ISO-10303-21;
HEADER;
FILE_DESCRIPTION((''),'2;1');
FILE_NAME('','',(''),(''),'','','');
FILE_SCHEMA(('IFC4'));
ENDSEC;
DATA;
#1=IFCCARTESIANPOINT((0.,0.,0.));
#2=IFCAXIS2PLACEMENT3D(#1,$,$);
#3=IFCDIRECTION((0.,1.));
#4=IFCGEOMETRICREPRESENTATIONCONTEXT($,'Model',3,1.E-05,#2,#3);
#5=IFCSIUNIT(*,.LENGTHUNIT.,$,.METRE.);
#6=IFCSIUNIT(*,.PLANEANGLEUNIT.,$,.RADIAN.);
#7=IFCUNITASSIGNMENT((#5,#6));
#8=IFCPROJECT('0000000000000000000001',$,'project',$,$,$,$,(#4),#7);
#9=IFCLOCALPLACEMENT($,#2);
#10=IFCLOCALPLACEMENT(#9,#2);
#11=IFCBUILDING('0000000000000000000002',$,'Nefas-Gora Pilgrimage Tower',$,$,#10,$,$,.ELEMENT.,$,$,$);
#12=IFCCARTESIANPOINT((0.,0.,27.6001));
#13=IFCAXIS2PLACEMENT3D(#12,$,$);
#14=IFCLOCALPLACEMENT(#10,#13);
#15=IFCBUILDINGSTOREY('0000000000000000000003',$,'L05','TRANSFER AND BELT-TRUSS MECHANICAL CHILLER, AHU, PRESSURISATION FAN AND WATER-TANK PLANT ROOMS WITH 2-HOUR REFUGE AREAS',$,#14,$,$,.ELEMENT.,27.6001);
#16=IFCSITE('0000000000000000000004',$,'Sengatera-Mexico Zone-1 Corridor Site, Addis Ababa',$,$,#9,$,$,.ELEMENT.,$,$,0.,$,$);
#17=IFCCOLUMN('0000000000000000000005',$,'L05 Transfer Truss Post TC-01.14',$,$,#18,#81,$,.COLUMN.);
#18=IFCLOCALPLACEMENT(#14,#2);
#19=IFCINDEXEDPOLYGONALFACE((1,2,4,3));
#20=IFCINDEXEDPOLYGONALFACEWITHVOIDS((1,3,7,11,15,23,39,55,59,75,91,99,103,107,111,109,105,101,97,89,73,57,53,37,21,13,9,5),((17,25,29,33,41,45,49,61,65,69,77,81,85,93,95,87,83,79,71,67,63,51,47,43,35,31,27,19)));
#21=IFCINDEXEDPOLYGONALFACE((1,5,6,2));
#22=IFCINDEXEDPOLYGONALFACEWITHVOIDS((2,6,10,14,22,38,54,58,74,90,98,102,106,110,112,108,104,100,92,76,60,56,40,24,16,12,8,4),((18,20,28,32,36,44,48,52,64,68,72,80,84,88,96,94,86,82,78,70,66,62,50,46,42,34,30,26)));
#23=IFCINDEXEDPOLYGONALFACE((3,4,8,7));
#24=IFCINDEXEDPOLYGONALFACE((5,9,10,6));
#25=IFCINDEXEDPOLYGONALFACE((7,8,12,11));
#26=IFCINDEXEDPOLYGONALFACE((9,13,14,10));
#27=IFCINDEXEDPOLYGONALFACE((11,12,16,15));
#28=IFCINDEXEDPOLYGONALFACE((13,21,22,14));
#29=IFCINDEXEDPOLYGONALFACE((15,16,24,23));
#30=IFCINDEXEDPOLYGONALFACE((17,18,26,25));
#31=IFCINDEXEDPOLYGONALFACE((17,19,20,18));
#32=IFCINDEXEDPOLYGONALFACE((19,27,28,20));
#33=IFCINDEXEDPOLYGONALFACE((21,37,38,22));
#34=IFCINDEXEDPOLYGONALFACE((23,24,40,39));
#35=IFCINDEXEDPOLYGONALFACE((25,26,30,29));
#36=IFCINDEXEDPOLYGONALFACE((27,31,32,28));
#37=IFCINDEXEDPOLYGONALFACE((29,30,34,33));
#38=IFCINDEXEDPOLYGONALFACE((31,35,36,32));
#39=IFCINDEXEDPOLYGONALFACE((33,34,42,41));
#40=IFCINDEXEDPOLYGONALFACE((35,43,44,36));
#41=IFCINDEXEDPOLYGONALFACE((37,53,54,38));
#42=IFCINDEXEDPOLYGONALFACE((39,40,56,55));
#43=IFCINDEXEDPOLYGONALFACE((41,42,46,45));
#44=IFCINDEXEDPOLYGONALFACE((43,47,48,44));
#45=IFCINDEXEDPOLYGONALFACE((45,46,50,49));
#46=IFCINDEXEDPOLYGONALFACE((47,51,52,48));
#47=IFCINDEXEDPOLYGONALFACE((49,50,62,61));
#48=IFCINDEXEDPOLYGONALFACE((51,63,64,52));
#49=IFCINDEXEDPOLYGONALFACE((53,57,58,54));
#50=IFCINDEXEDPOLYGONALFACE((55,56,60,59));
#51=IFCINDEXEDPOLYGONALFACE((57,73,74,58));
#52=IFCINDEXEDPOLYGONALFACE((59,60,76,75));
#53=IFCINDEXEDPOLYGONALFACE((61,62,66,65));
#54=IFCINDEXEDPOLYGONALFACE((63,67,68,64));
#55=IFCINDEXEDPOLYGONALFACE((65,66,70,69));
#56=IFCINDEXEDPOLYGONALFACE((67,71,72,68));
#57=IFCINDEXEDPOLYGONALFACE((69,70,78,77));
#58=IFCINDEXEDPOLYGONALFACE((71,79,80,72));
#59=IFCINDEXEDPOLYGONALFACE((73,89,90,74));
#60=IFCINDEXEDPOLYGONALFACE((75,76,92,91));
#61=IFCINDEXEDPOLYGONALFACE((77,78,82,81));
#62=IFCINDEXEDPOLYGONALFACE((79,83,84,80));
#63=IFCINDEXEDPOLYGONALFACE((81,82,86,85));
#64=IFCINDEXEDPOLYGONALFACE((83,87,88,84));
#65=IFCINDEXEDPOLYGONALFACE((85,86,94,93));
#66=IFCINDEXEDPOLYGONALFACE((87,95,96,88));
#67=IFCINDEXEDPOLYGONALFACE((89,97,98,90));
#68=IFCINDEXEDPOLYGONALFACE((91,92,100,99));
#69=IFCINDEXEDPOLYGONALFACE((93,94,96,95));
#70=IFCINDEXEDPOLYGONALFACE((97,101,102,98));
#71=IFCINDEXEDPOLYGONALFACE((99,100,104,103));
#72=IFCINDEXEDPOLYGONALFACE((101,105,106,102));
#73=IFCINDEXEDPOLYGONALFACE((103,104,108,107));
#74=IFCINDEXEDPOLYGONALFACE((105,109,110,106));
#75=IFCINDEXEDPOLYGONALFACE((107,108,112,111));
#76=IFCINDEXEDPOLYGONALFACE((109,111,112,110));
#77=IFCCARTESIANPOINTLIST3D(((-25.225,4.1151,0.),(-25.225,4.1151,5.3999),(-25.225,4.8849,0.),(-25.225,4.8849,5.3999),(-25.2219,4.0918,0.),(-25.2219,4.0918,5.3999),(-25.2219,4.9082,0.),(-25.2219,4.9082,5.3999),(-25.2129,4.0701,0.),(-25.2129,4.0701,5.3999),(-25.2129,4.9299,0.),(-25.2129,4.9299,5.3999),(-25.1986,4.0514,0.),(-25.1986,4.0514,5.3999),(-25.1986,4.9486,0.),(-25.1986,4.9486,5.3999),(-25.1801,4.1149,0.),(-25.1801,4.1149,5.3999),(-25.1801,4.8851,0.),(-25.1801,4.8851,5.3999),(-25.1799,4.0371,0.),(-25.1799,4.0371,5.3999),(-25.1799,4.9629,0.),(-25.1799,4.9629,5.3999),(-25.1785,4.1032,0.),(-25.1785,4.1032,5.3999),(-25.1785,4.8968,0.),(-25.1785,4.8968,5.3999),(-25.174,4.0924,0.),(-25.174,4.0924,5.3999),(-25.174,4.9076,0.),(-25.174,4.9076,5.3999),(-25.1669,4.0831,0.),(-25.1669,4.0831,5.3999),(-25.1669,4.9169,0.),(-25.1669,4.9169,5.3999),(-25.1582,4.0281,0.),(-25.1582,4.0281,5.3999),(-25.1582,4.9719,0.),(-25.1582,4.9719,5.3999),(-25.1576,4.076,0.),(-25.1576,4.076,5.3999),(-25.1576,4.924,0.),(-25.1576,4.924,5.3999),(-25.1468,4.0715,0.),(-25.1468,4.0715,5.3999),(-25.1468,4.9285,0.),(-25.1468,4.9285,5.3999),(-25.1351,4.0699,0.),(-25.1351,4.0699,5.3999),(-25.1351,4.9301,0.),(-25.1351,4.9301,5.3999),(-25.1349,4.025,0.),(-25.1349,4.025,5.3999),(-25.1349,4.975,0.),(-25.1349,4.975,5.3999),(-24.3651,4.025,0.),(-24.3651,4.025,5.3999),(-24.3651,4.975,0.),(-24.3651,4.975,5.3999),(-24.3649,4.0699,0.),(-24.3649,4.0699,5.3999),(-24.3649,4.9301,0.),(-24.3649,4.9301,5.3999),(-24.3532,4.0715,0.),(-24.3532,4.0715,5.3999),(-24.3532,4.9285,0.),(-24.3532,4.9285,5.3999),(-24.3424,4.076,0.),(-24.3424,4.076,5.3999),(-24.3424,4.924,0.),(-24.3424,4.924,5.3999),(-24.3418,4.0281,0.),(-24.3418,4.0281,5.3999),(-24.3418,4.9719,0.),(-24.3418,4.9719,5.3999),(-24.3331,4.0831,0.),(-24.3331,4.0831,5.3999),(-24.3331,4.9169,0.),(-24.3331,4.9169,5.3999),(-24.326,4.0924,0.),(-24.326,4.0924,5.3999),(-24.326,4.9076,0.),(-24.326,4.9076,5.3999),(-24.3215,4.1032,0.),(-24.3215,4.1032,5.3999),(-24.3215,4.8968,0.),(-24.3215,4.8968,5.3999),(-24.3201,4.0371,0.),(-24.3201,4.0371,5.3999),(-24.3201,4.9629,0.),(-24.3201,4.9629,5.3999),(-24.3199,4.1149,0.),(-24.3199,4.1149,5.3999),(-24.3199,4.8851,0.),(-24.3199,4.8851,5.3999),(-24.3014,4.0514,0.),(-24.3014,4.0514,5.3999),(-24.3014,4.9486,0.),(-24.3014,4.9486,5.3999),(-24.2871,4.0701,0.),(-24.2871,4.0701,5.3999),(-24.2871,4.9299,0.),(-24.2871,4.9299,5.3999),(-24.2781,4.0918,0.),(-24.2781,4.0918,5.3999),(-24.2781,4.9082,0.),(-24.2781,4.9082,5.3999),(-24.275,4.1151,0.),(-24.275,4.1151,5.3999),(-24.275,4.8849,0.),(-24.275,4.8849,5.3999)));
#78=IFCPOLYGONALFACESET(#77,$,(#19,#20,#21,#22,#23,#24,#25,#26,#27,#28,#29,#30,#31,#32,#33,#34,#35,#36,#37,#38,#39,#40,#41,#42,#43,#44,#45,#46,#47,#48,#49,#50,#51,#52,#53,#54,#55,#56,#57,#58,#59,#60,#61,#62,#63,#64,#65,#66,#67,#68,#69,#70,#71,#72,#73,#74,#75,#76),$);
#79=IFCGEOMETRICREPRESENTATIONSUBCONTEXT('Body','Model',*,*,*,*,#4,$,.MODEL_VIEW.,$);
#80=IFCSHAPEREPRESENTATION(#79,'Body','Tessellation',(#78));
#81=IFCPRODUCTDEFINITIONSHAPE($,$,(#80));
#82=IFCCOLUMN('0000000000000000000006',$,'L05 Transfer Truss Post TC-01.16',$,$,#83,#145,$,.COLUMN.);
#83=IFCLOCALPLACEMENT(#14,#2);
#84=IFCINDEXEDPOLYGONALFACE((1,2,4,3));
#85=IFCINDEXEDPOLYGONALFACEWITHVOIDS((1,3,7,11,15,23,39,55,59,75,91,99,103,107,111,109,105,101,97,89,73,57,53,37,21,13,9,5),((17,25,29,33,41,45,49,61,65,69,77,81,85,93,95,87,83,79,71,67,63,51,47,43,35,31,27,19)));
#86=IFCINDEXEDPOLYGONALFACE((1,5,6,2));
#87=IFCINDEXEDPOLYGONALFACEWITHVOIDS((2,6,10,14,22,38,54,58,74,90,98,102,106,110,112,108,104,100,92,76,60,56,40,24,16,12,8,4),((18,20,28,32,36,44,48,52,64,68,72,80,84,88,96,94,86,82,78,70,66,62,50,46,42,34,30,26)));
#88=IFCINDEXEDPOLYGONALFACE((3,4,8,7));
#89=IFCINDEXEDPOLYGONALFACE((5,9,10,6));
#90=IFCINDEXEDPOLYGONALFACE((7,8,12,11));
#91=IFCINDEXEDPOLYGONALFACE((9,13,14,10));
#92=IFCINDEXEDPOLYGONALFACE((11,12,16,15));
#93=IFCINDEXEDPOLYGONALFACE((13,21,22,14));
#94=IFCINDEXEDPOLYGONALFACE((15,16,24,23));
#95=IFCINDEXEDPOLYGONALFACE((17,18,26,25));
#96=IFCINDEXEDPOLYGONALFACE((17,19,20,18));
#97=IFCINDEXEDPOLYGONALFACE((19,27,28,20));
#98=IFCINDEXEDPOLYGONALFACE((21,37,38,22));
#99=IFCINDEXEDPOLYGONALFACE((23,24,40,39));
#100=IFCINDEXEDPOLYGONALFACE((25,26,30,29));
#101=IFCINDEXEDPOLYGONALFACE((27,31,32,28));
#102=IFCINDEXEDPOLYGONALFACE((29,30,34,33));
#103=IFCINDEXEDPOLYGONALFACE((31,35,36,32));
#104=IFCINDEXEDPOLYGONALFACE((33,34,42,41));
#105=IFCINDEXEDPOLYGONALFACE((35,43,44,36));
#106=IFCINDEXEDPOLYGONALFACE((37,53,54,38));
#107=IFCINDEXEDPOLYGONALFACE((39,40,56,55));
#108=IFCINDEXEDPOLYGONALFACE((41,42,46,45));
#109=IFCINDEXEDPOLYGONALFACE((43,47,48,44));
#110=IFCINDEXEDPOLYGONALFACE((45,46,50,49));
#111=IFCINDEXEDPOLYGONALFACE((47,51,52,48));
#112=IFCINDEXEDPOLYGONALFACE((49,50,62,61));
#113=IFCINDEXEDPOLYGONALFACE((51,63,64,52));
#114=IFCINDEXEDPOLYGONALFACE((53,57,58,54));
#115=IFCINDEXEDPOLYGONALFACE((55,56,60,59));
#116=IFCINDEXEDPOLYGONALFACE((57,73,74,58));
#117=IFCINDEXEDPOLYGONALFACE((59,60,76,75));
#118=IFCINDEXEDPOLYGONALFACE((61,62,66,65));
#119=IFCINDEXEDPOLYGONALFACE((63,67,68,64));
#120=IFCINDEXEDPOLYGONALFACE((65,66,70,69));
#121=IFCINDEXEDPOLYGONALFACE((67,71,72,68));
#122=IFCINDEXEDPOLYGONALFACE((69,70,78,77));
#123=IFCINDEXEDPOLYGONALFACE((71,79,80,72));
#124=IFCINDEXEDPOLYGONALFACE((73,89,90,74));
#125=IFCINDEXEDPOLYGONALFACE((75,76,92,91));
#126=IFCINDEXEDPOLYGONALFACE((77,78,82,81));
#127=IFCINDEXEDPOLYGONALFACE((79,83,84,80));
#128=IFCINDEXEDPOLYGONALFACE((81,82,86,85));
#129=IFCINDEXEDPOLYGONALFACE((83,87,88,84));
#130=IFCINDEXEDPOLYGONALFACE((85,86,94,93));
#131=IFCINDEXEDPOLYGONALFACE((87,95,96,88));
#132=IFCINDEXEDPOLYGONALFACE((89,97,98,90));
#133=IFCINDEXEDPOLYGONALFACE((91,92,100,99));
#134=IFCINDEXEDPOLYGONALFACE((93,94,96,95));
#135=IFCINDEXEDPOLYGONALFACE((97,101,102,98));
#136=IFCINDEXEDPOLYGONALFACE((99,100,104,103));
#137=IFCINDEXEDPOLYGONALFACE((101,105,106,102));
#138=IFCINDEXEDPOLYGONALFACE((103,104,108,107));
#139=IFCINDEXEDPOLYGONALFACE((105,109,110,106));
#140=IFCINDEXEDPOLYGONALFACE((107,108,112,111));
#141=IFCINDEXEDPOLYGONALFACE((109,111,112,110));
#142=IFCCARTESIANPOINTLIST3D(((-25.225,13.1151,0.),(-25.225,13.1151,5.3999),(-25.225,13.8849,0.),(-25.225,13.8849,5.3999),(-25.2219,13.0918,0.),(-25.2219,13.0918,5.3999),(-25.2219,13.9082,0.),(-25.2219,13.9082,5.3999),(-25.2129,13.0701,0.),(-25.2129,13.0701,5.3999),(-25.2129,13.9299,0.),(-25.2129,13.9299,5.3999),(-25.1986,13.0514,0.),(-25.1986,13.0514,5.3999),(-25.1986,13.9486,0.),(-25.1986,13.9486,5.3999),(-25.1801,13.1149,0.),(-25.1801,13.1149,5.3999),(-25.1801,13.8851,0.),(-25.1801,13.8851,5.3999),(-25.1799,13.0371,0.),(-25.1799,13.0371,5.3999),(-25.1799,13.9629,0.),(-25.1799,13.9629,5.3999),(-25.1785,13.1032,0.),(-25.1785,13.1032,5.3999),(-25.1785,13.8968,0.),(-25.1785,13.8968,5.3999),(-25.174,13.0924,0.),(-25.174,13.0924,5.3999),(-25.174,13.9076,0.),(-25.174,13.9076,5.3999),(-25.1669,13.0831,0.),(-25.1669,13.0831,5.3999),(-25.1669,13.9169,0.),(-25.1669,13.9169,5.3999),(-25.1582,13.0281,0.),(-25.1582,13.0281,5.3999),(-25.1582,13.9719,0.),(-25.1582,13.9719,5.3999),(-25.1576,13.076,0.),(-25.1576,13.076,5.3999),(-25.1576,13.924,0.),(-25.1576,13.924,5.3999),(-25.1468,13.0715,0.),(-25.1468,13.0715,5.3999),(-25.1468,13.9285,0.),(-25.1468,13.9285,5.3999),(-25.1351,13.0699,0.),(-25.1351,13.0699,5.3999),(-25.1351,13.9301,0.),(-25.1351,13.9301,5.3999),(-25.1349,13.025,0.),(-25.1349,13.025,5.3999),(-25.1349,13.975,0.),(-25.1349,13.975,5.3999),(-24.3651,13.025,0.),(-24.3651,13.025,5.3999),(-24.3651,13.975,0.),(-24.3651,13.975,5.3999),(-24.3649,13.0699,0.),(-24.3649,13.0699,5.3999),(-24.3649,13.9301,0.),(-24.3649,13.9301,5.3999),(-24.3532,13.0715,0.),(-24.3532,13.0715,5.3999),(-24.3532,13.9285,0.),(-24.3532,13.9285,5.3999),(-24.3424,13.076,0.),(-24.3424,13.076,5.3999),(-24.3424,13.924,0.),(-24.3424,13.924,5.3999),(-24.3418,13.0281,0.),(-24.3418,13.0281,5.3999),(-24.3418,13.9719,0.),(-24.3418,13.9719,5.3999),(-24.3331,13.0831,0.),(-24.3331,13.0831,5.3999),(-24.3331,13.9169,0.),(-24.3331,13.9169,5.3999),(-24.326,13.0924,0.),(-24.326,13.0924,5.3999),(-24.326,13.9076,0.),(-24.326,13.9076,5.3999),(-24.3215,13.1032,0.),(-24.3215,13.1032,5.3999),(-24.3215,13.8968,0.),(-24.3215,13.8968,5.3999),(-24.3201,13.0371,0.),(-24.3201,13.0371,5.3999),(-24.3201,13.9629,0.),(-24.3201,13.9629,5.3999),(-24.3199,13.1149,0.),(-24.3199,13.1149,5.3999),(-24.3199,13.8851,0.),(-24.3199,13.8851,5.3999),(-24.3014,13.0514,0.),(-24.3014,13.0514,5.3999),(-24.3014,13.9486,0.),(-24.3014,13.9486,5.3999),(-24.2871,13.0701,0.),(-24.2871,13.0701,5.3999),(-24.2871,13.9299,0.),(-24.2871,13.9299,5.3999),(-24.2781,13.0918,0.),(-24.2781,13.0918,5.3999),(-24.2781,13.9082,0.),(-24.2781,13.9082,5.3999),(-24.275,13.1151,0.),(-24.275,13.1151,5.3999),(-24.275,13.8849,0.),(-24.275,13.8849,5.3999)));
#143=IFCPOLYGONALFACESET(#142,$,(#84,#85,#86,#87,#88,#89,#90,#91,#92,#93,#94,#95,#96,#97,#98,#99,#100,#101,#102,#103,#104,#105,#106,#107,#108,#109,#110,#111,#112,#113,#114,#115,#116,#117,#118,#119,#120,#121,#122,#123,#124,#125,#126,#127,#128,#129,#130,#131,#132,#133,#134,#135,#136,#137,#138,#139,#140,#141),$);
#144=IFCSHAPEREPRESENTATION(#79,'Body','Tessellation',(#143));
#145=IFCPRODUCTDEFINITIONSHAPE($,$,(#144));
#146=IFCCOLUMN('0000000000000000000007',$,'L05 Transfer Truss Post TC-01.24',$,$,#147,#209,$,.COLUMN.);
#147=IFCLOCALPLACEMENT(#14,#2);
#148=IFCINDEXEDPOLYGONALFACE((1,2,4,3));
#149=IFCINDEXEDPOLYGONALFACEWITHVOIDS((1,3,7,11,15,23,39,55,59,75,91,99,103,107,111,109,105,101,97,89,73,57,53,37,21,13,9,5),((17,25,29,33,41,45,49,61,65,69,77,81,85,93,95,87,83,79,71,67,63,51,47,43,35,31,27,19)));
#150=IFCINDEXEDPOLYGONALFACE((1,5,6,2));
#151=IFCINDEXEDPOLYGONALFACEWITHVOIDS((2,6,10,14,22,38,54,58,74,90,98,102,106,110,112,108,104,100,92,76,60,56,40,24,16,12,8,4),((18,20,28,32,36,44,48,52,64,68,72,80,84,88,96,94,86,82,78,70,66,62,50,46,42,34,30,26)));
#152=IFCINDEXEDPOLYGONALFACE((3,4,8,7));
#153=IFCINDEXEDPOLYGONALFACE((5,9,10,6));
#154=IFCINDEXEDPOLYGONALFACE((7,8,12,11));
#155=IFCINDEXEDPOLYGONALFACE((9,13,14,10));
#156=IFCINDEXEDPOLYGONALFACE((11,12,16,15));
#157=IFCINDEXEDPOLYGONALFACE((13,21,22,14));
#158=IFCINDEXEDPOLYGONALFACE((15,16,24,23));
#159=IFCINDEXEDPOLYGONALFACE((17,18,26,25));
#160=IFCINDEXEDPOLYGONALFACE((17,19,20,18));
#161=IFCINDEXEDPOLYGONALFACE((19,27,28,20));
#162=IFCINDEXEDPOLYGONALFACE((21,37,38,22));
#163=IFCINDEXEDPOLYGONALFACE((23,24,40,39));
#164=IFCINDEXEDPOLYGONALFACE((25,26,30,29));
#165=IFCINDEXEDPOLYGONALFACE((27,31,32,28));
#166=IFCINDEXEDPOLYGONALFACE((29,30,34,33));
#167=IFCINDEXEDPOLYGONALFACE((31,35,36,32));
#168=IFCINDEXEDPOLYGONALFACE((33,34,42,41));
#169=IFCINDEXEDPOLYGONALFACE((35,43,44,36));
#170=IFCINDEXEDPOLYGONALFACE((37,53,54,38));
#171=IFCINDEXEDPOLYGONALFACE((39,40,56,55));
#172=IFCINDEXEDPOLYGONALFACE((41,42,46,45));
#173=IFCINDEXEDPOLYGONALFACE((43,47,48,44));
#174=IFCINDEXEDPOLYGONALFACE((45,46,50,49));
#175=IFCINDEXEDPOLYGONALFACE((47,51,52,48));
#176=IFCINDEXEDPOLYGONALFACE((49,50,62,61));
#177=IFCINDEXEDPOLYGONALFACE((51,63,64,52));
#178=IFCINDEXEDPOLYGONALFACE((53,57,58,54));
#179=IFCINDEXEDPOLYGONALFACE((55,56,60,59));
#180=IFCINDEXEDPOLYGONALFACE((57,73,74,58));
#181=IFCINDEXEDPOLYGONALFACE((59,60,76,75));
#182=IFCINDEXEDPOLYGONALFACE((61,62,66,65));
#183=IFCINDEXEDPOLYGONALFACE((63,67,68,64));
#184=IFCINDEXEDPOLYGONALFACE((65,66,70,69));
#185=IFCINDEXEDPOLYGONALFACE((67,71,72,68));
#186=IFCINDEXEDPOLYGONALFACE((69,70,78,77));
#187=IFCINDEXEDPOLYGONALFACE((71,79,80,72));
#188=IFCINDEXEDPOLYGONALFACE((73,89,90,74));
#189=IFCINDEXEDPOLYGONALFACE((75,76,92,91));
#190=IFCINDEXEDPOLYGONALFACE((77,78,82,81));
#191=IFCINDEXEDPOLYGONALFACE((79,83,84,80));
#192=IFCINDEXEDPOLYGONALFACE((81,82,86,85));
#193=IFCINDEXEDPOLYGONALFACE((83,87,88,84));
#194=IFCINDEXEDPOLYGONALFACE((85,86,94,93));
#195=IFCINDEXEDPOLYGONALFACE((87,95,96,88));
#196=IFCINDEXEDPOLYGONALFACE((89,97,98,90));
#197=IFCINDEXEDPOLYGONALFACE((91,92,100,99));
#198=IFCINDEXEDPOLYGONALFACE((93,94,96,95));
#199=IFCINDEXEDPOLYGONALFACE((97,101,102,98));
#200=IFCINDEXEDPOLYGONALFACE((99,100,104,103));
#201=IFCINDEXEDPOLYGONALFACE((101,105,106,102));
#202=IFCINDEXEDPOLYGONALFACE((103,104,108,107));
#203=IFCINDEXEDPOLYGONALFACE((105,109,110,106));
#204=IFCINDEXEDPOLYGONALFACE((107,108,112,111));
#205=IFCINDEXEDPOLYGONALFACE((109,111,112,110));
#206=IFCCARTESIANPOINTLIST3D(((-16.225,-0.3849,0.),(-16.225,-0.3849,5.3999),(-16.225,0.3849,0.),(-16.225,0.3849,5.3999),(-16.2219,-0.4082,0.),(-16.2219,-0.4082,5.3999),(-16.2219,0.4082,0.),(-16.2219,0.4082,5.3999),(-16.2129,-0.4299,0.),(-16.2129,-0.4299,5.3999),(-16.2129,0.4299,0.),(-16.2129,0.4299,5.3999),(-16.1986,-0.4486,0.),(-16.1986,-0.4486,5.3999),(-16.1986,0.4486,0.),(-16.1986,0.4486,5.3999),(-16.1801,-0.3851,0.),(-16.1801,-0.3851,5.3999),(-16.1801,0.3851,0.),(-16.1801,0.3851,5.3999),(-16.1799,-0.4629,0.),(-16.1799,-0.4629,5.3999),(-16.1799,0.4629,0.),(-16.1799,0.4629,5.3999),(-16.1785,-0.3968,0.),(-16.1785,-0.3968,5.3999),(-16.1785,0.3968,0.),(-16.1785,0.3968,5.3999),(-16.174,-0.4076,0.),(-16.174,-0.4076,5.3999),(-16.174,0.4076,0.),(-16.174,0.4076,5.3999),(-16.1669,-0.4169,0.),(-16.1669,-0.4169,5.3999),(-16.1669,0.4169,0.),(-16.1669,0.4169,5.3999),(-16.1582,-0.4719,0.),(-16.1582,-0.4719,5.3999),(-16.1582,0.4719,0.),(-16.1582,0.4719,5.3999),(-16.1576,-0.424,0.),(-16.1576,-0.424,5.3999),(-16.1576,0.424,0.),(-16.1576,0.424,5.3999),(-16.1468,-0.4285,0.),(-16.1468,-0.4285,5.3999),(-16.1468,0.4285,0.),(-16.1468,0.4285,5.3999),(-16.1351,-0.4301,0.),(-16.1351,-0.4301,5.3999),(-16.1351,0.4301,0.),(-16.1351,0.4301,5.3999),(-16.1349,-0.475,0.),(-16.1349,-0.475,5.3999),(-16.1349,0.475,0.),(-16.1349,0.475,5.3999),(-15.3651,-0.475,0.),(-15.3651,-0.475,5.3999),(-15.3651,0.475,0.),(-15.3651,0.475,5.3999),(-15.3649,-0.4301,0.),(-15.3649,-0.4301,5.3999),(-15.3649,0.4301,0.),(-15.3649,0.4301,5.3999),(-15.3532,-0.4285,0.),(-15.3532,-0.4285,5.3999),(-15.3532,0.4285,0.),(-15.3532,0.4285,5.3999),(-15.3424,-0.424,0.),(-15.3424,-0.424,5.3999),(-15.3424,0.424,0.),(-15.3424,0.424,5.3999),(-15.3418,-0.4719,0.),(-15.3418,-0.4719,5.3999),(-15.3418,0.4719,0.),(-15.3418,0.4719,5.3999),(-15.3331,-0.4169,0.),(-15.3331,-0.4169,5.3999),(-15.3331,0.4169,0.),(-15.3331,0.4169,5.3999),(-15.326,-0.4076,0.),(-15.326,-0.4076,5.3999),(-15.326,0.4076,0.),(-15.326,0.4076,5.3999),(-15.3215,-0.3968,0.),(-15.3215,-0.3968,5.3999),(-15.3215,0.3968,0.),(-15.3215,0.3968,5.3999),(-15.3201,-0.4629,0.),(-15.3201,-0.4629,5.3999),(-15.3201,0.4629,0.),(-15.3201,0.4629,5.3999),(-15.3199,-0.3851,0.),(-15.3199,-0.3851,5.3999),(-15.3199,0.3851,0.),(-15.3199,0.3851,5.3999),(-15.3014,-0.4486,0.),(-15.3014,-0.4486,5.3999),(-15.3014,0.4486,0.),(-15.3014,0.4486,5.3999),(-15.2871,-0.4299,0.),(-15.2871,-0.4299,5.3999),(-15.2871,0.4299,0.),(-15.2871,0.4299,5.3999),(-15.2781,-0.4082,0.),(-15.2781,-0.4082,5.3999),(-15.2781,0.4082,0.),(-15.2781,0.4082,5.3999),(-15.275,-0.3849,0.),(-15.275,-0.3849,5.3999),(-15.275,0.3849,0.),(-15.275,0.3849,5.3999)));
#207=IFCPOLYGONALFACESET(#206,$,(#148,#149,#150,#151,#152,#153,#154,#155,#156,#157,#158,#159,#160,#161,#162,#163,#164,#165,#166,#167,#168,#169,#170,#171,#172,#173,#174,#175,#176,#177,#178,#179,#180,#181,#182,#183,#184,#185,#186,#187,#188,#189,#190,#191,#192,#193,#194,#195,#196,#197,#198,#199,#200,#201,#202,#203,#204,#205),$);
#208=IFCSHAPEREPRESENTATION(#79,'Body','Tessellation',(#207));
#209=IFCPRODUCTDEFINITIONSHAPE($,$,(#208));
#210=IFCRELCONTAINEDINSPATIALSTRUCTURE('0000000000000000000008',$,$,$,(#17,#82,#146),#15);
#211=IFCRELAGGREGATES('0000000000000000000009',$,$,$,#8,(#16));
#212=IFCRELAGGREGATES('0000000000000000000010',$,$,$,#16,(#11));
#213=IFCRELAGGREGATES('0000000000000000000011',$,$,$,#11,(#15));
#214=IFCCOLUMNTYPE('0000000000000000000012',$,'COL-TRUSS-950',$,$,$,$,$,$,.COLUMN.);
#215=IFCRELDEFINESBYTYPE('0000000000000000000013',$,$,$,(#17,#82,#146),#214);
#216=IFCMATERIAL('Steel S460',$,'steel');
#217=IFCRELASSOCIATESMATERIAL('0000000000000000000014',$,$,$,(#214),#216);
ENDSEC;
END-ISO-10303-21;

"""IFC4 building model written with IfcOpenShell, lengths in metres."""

from ifc_helpers import new_model, si_unit, direction, frame, origin, origin_2d, place, context, subcontext, project, spatial, hollow_rectangle, extrude, source, transform, mapped, material, material_profile, profile_set, type_object, element, save


model = new_model("IFC4")

# Units and contexts
model_context = context("Model", 3, precision=1e-05, world=origin(), true_north=direction((0.0, 1.0)))
body_context = subcontext(model_context, "Body", "Model", "MODEL_VIEW")
ifc_project = project(units=[si_unit("LENGTHUNIT", "METRE"), si_unit("PLANEANGLEUNIT", "RADIAN")], contexts=[model_context])

# Site, building, storey
site_placement = place(None, origin())
site = spatial("IfcSite", under=ifc_project, at=site_placement, Name="Sengatera-Mexico Zone-1 Corridor Site, Addis Ababa", CompositionType="ELEMENT", RefElevation=0.0)
building_placement = place(site_placement, origin())
building = spatial("IfcBuilding", under=site, at=building_placement, Name="Nefas-Gora Pilgrimage Tower", CompositionType="ELEMENT")
storey_placement = place(building_placement, frame((0.0, 0.0, 27.6001)))
storey = spatial("IfcBuildingStorey", under=building, at=storey_placement, Name="L05", Description="TRANSFER AND BELT-TRUSS MECHANICAL CHILLER, AHU, PRESSURISATION FAN AND WATER-TANK PLANT ROOMS WITH 2-HOUR REFUGE AREAS", CompositionType="ELEMENT", Elevation=27.6001)

# Columns
ifc_material_1 = material(Name="Steel S460", Category="steel")
ifc_material_profile_1 = material_profile(ifc_material_1, hollow_rectangle(XDim=0.95, YDim=0.95, WallThickness=0.0449, InnerFilletRadius=0.0449, OuterFilletRadius=0.0901, at=origin_2d()), Name="BOX 950x950x45")
ifc_profile_set_1 = profile_set([ifc_material_profile_1], Name="Steel S460")
column_type_1 = type_object("IfcColumnType", Name="COL-TRUSS-950", PredefinedType="COLUMN", material=ifc_profile_set_1)
shared_shape_1 = source(origin(), body_context, "Body", "SweptSolid", [
    extrude(hollow_rectangle(XDim=0.95, YDim=0.95, WallThickness=0.0449, InnerFilletRadius=0.0449, OuterFilletRadius=0.0901, at=origin_2d()), origin(), (0.0, 0.0, 1.0), 5.3999),
])
for number, where, z_axis, x_axis, name in (
    (1, (-24.75, 4.5, 0.0), (0.0, 0.0, 1.0), (1.0, 0.0, 0.0), "L05 Transfer Truss Post TC-01.14"),
    (2, (-24.75, 13.5, 0.0), (0.0, 0.0, 1.0), (1.0, 0.0, 0.0), "L05 Transfer Truss Post TC-01.16"),
    (3, (-15.75, 0.0, 0.0), (0.0, 0.0, 1.0), (1.0, 0.0, 0.0), "L05 Transfer Truss Post TC-01.24"),
):
    element("IfcColumn", number, at=place(storey_placement, frame(where, z_axis=z_axis, x_axis=x_axis)), inside=storey, type_object=column_type_1, Name=name, PredefinedType="COLUMN", context=body_context, shape_type="MappedRepresentation", body=[
        mapped(shared_shape_1, transform((0.0, 0.0, 0.0), x_axis=(1.0, 0.0, 0.0), y_axis=(0.0, 1.0, 0.0), z_axis=(0.0, 0.0, 1.0), scale=1.0)),
    ])

save(model, "model.ifc")
